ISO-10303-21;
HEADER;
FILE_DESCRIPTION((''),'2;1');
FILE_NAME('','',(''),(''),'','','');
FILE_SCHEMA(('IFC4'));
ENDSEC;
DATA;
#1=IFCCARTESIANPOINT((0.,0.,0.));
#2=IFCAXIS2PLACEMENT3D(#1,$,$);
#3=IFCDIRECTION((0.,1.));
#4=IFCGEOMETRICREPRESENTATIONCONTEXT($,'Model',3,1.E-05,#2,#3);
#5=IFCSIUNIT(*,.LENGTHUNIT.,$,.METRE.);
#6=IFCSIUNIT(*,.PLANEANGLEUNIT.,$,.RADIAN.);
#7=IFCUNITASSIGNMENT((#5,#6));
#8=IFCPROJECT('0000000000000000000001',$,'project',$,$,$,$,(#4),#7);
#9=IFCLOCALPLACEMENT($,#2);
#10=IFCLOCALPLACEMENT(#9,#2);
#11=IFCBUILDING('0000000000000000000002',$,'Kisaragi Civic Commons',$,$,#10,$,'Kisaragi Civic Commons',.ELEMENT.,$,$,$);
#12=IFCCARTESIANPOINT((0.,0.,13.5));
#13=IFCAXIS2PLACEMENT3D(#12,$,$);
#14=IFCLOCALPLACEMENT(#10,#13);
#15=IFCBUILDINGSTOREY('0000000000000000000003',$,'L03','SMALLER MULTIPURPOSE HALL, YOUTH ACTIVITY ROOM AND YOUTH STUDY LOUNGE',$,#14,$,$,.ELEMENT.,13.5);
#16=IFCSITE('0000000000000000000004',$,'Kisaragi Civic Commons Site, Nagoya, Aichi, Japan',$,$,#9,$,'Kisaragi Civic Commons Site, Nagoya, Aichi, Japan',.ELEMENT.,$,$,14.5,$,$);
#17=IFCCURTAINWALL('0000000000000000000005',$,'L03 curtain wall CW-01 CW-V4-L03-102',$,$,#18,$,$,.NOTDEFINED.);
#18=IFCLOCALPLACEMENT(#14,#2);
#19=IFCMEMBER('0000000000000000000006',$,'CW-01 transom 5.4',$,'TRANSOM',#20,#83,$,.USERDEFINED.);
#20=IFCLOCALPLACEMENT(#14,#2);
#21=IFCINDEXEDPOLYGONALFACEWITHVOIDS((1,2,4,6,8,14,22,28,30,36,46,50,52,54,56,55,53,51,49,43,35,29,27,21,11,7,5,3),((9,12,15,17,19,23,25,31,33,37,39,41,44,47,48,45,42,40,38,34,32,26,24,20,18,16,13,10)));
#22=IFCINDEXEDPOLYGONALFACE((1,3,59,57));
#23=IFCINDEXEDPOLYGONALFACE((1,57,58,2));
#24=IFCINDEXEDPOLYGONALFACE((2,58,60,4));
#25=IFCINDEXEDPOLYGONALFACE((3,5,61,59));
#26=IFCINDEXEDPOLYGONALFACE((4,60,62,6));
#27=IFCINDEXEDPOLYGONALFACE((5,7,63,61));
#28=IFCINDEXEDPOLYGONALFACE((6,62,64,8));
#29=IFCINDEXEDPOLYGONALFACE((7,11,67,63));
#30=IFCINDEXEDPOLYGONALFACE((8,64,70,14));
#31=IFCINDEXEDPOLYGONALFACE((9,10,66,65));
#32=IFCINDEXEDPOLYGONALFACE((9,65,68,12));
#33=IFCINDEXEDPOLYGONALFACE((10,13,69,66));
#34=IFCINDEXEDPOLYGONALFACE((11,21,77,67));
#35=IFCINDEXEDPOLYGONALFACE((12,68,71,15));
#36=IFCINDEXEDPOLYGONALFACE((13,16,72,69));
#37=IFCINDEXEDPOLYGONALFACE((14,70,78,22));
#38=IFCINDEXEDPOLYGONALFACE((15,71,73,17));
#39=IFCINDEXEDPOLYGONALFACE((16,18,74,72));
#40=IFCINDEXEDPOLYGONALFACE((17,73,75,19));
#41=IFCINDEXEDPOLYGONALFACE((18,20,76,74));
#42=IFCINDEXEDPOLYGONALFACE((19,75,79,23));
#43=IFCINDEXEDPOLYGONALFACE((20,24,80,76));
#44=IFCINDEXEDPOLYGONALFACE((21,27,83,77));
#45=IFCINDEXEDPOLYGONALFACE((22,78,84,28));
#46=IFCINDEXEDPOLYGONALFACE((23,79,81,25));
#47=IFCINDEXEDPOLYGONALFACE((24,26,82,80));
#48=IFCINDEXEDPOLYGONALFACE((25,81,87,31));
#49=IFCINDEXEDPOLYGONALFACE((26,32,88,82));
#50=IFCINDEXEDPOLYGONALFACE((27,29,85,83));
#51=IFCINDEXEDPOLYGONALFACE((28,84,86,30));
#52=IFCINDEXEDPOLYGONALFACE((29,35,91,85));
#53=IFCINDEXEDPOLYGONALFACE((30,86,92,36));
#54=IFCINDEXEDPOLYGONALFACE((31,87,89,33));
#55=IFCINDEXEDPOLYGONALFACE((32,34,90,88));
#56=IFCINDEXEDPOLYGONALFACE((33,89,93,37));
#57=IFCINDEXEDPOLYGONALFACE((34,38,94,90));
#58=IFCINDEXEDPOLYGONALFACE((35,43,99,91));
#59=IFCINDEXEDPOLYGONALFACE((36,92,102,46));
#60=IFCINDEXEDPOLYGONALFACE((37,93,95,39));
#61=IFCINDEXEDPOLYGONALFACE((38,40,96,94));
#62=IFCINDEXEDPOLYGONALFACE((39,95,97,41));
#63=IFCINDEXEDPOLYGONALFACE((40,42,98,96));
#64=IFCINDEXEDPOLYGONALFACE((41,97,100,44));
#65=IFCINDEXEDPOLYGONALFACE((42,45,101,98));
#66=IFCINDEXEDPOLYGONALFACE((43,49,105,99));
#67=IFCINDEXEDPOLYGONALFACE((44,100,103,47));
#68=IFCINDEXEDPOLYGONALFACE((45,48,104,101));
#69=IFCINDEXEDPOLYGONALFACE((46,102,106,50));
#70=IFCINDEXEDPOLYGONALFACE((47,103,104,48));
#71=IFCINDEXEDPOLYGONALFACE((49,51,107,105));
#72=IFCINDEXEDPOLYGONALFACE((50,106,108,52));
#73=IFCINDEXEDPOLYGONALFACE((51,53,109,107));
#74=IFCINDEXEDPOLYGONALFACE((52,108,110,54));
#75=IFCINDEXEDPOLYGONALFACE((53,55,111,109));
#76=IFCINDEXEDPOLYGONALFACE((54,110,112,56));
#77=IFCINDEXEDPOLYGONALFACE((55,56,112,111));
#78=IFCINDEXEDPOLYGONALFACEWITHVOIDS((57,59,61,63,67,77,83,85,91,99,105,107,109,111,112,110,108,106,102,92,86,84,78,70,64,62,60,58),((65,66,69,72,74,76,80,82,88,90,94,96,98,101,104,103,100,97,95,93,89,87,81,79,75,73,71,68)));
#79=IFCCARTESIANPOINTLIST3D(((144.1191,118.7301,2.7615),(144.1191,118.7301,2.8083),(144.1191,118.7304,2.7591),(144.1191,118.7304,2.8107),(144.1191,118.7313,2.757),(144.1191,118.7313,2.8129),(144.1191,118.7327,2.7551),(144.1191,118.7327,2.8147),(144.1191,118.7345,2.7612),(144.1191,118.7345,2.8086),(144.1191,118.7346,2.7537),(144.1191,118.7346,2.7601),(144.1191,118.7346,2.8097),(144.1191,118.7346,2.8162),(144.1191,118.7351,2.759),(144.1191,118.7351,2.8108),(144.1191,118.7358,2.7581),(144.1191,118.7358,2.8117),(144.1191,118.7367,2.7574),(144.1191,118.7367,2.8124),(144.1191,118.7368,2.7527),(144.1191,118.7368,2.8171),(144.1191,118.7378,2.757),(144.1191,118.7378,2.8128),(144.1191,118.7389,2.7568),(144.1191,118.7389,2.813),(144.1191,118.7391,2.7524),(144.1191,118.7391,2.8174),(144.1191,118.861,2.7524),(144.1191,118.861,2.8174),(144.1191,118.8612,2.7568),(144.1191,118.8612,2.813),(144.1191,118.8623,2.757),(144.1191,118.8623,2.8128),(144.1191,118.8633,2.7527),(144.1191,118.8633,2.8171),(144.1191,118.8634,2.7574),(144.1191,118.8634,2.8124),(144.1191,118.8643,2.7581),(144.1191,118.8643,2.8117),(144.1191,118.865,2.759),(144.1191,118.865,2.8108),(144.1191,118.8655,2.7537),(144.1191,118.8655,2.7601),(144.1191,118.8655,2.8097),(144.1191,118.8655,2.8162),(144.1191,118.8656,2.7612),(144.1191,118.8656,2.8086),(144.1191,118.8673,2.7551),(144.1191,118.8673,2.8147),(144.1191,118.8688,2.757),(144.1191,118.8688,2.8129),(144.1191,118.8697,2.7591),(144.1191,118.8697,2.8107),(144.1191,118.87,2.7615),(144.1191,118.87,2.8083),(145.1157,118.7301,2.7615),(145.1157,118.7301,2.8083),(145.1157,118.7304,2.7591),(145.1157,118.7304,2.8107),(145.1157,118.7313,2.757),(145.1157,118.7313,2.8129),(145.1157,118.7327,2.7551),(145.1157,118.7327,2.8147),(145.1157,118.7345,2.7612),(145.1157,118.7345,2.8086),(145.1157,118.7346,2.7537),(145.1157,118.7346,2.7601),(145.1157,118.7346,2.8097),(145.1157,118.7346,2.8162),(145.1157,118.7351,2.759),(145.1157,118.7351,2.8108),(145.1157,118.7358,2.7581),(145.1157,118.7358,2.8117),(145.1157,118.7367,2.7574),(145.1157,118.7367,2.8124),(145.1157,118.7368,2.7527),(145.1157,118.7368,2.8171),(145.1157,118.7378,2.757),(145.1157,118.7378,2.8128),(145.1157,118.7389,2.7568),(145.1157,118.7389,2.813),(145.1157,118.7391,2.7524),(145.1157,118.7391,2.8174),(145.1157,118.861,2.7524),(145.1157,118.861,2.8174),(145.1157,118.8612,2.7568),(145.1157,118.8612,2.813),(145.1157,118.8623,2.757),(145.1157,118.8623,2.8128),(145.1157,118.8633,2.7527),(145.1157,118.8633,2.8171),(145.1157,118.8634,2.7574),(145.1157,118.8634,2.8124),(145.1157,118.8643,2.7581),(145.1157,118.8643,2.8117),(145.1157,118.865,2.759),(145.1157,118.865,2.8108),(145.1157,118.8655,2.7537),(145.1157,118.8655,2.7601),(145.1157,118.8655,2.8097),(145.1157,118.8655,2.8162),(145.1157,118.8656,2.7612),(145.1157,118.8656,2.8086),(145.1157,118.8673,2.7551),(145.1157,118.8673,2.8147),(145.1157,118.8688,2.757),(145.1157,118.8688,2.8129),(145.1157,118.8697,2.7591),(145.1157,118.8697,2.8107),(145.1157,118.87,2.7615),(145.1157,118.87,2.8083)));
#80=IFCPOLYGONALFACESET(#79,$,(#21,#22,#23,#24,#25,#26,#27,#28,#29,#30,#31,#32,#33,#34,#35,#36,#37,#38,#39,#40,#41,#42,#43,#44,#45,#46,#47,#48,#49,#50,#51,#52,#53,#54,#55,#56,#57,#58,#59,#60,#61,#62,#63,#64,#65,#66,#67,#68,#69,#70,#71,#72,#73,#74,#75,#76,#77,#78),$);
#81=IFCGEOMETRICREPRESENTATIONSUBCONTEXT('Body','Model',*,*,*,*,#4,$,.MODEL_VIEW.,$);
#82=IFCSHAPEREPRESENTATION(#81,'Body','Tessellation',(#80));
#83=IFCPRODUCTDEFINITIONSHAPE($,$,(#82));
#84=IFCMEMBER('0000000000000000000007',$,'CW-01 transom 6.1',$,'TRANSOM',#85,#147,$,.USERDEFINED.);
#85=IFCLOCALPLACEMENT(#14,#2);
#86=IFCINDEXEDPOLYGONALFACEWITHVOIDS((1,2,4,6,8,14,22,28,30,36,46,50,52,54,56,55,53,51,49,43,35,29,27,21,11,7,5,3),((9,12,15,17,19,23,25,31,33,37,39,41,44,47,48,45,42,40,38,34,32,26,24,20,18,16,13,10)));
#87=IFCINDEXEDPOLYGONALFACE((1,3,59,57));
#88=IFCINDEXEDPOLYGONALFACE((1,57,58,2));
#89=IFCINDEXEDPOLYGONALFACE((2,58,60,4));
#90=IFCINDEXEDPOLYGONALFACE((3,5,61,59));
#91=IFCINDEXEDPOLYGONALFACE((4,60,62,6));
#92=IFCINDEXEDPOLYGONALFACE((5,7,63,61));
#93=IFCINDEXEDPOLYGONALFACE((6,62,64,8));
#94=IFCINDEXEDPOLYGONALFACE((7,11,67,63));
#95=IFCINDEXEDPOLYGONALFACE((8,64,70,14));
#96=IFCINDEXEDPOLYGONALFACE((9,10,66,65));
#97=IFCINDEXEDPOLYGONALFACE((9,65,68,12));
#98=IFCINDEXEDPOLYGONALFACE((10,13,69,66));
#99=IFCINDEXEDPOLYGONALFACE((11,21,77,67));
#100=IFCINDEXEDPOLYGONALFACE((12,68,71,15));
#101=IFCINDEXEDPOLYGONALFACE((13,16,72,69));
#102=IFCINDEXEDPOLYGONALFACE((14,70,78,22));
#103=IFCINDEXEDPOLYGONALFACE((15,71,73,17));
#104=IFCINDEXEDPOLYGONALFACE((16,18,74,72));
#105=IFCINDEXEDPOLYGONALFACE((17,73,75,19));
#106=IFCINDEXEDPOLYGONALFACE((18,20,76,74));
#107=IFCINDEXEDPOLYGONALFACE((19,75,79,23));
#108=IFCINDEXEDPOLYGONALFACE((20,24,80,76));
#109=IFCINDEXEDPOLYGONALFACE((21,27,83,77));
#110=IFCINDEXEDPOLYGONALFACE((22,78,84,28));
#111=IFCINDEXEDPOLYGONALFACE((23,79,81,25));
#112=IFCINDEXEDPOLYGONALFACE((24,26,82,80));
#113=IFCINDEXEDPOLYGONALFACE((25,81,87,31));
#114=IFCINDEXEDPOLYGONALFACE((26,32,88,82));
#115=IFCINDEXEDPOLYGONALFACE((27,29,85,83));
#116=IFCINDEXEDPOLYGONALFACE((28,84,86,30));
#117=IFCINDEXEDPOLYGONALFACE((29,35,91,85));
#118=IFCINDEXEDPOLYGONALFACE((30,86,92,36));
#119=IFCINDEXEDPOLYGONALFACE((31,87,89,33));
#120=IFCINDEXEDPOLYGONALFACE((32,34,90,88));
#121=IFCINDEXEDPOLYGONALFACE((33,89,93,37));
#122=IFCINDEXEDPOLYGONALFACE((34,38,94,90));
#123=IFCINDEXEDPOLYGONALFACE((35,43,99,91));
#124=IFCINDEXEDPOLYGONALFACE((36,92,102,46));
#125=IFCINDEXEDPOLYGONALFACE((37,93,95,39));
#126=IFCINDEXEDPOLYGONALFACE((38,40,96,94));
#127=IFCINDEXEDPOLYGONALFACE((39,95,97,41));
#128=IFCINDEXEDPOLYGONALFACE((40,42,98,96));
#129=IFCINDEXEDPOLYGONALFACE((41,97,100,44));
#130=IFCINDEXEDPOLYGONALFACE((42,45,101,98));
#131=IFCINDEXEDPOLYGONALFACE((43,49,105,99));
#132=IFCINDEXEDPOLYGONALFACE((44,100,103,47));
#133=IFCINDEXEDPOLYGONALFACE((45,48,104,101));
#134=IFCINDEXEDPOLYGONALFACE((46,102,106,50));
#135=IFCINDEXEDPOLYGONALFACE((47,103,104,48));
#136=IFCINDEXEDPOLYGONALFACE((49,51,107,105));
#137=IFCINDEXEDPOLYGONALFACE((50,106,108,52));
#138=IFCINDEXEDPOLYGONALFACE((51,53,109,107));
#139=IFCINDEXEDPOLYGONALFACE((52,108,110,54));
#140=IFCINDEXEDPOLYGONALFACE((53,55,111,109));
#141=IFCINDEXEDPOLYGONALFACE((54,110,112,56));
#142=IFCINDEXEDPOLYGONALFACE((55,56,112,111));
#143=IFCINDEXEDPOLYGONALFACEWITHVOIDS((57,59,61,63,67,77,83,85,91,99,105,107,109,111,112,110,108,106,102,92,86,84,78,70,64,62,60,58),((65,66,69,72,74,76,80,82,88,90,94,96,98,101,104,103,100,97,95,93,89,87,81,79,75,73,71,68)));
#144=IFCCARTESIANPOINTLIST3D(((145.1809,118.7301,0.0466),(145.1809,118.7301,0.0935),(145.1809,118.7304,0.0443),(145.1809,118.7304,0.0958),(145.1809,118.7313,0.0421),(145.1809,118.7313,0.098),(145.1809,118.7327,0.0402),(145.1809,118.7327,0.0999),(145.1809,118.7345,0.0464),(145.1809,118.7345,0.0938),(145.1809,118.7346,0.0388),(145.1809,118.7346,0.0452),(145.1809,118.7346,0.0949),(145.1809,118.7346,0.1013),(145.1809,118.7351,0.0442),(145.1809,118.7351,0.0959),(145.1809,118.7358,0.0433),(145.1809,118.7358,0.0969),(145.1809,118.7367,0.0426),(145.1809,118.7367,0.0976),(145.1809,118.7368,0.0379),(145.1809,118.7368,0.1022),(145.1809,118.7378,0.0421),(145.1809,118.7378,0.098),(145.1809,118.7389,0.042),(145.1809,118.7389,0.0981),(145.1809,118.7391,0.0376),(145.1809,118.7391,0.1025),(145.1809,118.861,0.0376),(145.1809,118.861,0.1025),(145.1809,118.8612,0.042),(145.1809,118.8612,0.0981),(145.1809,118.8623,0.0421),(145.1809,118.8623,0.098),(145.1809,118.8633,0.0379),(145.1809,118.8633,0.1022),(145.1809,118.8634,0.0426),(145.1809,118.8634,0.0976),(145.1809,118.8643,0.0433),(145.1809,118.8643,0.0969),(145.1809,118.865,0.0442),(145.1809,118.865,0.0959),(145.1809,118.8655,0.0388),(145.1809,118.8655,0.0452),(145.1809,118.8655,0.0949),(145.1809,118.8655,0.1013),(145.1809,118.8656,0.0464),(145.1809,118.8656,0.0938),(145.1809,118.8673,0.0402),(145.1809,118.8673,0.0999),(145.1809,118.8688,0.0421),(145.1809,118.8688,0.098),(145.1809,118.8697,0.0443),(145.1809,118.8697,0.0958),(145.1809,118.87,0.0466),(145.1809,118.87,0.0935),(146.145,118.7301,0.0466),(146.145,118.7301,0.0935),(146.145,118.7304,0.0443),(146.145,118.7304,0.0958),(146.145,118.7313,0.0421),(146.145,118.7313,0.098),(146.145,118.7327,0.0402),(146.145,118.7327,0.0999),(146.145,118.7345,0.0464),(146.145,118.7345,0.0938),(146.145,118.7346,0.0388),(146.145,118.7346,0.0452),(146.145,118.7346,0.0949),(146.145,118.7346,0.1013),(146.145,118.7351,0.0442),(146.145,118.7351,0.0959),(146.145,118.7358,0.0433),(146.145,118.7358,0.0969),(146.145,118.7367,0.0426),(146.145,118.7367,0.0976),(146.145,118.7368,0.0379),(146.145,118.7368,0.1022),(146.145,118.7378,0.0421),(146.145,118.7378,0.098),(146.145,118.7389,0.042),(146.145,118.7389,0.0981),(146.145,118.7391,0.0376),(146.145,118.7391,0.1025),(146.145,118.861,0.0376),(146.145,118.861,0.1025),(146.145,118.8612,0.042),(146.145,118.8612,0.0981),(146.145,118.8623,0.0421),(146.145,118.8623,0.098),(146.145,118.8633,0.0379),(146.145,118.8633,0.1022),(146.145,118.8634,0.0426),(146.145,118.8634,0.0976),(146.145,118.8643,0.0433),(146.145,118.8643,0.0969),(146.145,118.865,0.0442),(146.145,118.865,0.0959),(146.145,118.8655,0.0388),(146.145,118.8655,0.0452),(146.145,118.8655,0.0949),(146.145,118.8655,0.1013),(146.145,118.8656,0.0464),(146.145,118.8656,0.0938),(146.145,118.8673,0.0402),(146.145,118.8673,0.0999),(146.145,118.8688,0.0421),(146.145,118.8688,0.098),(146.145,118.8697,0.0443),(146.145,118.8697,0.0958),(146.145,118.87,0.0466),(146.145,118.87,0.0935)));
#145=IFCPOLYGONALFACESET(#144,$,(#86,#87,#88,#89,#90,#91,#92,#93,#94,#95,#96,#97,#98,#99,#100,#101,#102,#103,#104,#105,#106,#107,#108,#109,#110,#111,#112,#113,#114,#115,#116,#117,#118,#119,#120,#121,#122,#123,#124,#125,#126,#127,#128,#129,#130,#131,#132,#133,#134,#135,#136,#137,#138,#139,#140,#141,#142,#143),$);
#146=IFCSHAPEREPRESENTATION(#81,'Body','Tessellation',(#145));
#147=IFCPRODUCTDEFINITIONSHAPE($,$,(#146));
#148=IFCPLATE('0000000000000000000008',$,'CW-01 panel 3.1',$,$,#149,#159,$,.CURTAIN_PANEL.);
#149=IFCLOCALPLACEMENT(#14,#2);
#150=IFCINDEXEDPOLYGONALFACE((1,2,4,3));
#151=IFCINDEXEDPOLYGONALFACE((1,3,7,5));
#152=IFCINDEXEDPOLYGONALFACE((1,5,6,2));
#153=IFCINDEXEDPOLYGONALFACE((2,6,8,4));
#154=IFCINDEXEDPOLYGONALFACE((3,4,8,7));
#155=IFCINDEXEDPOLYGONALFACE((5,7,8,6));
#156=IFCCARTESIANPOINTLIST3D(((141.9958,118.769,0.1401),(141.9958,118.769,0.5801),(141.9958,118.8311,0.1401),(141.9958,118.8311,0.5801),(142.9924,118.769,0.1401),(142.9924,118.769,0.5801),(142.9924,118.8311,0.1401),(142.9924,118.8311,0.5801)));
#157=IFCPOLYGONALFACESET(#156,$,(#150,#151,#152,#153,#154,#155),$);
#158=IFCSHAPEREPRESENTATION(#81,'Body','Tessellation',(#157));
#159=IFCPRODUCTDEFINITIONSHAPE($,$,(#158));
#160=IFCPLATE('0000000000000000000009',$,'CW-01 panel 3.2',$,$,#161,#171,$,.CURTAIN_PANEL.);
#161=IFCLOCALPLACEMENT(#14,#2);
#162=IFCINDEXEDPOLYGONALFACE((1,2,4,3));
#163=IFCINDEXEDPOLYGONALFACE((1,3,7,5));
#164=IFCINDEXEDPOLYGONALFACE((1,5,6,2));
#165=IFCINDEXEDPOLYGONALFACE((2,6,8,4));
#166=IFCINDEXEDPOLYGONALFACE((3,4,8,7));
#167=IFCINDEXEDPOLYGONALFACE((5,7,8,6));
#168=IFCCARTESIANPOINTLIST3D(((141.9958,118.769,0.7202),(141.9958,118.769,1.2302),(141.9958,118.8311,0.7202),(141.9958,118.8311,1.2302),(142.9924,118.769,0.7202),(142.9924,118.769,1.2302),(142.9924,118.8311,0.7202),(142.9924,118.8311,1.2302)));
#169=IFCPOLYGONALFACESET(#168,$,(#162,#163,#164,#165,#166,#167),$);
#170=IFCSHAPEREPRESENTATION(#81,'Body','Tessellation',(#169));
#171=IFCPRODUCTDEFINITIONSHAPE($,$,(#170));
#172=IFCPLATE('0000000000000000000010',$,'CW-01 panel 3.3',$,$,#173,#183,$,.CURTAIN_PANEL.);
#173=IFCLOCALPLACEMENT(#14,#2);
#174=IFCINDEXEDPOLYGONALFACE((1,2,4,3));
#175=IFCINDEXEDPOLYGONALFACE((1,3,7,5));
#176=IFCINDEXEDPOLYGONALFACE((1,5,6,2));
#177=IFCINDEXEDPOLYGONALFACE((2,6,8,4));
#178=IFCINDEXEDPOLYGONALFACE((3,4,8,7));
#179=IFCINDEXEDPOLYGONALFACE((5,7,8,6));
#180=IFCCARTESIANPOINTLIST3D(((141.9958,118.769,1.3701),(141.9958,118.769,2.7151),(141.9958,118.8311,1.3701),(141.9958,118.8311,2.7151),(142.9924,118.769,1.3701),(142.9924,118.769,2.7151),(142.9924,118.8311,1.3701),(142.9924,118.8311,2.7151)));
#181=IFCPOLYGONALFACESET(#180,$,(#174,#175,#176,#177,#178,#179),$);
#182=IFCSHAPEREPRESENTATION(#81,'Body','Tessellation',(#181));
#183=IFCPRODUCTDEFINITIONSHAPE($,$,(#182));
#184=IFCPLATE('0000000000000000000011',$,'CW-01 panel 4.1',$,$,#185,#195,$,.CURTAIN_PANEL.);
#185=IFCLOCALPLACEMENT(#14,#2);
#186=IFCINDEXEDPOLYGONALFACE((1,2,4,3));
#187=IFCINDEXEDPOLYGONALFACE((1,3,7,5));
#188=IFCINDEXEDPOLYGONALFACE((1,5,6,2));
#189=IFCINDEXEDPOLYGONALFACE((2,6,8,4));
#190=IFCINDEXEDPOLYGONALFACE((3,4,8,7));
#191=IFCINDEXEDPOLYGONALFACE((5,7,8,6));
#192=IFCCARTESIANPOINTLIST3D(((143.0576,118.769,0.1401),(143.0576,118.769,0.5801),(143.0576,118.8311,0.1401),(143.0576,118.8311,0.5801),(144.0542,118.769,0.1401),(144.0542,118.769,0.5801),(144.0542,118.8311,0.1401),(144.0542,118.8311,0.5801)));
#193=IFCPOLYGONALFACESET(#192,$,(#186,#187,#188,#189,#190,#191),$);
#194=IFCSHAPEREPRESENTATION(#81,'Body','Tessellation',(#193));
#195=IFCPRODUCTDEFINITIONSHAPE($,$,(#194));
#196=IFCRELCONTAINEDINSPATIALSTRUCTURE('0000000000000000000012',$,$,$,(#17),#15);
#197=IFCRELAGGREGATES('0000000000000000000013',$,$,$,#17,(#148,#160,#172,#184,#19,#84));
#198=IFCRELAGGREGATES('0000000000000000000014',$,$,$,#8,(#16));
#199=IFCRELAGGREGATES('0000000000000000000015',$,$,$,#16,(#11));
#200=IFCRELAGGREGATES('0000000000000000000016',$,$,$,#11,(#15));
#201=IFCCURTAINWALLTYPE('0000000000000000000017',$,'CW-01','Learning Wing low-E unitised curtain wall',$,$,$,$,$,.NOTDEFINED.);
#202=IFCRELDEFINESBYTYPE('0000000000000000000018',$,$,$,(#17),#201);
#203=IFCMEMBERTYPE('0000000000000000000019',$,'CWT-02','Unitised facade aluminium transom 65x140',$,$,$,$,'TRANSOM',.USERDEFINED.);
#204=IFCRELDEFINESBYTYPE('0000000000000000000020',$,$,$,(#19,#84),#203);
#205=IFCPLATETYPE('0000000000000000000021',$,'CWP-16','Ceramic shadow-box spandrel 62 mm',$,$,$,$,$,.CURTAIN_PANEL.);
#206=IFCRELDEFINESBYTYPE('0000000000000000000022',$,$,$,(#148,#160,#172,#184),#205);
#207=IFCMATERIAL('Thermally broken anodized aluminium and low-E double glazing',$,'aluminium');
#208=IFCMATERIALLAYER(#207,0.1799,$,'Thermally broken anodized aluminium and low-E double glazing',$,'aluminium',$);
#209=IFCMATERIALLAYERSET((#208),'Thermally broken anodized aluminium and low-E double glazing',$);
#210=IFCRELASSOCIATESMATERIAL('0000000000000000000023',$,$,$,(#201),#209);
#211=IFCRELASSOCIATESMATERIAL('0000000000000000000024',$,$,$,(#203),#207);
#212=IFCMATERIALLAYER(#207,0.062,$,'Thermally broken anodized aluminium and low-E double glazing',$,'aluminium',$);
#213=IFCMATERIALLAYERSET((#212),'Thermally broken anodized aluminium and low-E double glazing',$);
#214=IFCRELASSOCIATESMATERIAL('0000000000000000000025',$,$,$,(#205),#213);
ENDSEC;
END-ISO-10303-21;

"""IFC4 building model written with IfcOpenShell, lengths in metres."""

from ifc_helpers import new_model, si_unit, direction, frame, origin, origin_2d, place, context, subcontext, project, spatial, rectangle, hollow_rectangle, extrude, material, layer, layer_set, material_profile, profile_set, type_object, element, aggregate, save


model = new_model("IFC4")

# Units and contexts
model_context = context("Model", 3, precision=1e-05, world=origin(), true_north=direction((0.0, 1.0)))
body_context = subcontext(model_context, "Body", "Model", "MODEL_VIEW")
ifc_project = project(units=[si_unit("LENGTHUNIT", "METRE"), si_unit("PLANEANGLEUNIT", "RADIAN")], contexts=[model_context])

# Site, building, storey
site_placement = place(None, origin())
site = spatial("IfcSite", under=ifc_project, at=site_placement, Name="Kisaragi Civic Commons Site, Nagoya, Aichi, Japan", LongName="Kisaragi Civic Commons Site, Nagoya, Aichi, Japan", CompositionType="ELEMENT", RefElevation=14.5)
building_placement = place(site_placement, origin())
building = spatial("IfcBuilding", under=site, at=building_placement, Name="Kisaragi Civic Commons", LongName="Kisaragi Civic Commons", CompositionType="ELEMENT")
storey_placement = place(building_placement, frame((0.0, 0.0, 13.5)))
storey = spatial("IfcBuildingStorey", under=building, at=storey_placement, Name="L03", Description="SMALLER MULTIPURPOSE HALL, YOUTH ACTIVITY ROOM AND YOUTH STUDY LOUNGE", CompositionType="ELEMENT", Elevation=13.5)

# Curtain wall, members, plates
ifc_material = material(Name="Thermally broken anodized aluminium and low-E double glazing", Category="aluminium")
ifc_layer_1 = layer(ifc_material, 0.1799, Name="Thermally broken anodized aluminium and low-E double glazing", Category="aluminium")
ifc_layer_set_1 = layer_set([ifc_layer_1], Name="Thermally broken anodized aluminium and low-E double glazing")
curtain_wall_type = type_object("IfcCurtainWallType", Name="CW-01", Description="Learning Wing low-E unitised curtain wall", PredefinedType="NOTDEFINED", material=ifc_layer_set_1)
curtain_wall_placement = place(storey_placement, origin())
curtain_wall = element("IfcCurtainWall", 1, at=curtain_wall_placement, inside=storey, type_object=curtain_wall_type, Name="L03 curtain wall CW-01 CW-V4-L03-102", PredefinedType="NOTDEFINED")
ifc_material_profile_1 = material_profile(ifc_material, hollow_rectangle(XDim=0.1399, YDim=0.0649, WallThickness=0.0044, InnerFilletRadius=0.0044, OuterFilletRadius=0.009, at=origin_2d()), Name="CWT-65x140x4.5", Category="aluminium")
ifc_profile_set_1 = profile_set([ifc_material_profile_1], Name="Thermally broken anodized aluminium and low-E double glazing")
member_type_1 = type_object("IfcMemberType", Name="CWT-02", Description="Unitised facade aluminium transom 65x140", ElementType="TRANSOM", PredefinedType="USERDEFINED", material=ifc_profile_set_1)
member_1_placement = place(storey_placement, frame((144.1191, 118.8, 2.7849), z_axis=(1.0, 0.0, 0.0), x_axis=(0.0, 1.0, 0.0)))
member_1 = element("IfcMember", 2, at=member_1_placement, type_object=member_type_1, Name="CW-01 transom 5.4", ObjectType="TRANSOM", PredefinedType="USERDEFINED", context=body_context, shape_type="SweptSolid", body=[
    extrude(hollow_rectangle(XDim=0.1399, YDim=0.0649, WallThickness=0.0044, InnerFilletRadius=0.0044, OuterFilletRadius=0.009, at=origin_2d()), origin(), (0.0, 0.0, 1.0), 0.9966),
])
member_2_placement = place(storey_placement, frame((145.1809, 118.8, 0.0701), z_axis=(1.0, 0.0, 0.0), x_axis=(0.0, 1.0, 0.0)))
member_2 = element("IfcMember", 3, at=member_2_placement, type_object=member_type_1, Name="CW-01 transom 6.1", ObjectType="TRANSOM", PredefinedType="USERDEFINED", context=body_context, shape_type="SweptSolid", body=[
    extrude(hollow_rectangle(XDim=0.1399, YDim=0.0649, WallThickness=0.0044, InnerFilletRadius=0.0044, OuterFilletRadius=0.009, at=origin_2d()), origin(), (0.0, 0.0, 1.0), 0.9641),
])
ifc_layer_2 = layer(ifc_material, 0.062, Name="Thermally broken anodized aluminium and low-E double glazing", Category="aluminium")
ifc_layer_set_2 = layer_set([ifc_layer_2], Name="Thermally broken anodized aluminium and low-E double glazing")
plate_type = type_object("IfcPlateType", Name="CWP-16", Description="Ceramic shadow-box spandrel 62 mm", PredefinedType="CURTAIN_PANEL", material=ifc_layer_set_2)
plate_1_placement = place(storey_placement, frame((142.4941, 118.8, 0.1401), z_axis=(0.0, 0.0, 1.0), x_axis=(1.0, 0.0, 0.0)))
plate_1 = element("IfcPlate", 4, at=plate_1_placement, type_object=plate_type, Name="CW-01 panel 3.1", PredefinedType="CURTAIN_PANEL", context=body_context, shape_type="SweptSolid", body=[
    extrude(rectangle(XDim=0.9966, YDim=0.062, at=origin_2d()), origin(), (0.0, 0.0, 1.0), 0.4399),
])
plate_2_placement = place(storey_placement, frame((142.4941, 118.8, 0.7202), z_axis=(0.0, 0.0, 1.0), x_axis=(1.0, 0.0, 0.0)))
plate_2 = element("IfcPlate", 5, at=plate_2_placement, type_object=plate_type, Name="CW-01 panel 3.2", PredefinedType="CURTAIN_PANEL", context=body_context, shape_type="SweptSolid", body=[
    extrude(rectangle(XDim=0.9966, YDim=0.062, at=origin_2d()), origin(), (0.0, 0.0, 1.0), 0.51),
])
plate_3_placement = place(storey_placement, frame((142.4941, 118.8, 1.3701), z_axis=(0.0, 0.0, 1.0), x_axis=(1.0, 0.0, 0.0)))
plate_3 = element("IfcPlate", 6, at=plate_3_placement, type_object=plate_type, Name="CW-01 panel 3.3", PredefinedType="CURTAIN_PANEL", context=body_context, shape_type="SweptSolid", body=[
    extrude(rectangle(XDim=0.9966, YDim=0.062, at=origin_2d()), origin(), (0.0, 0.0, 1.0), 1.345),
])
plate_4_placement = place(storey_placement, frame((143.5559, 118.8, 0.1401), z_axis=(0.0, 0.0, 1.0), x_axis=(1.0, 0.0, 0.0)))
plate_4 = element("IfcPlate", 7, at=plate_4_placement, type_object=plate_type, Name="CW-01 panel 4.1", PredefinedType="CURTAIN_PANEL", context=body_context, shape_type="SweptSolid", body=[
    extrude(rectangle(XDim=0.9966, YDim=0.062, at=origin_2d()), origin(), (0.0, 0.0, 1.0), 0.4399),
])
aggregate(curtain_wall, [plate_1, plate_2, plate_3, plate_4, member_1, member_2])

save(model, "model.ifc")
